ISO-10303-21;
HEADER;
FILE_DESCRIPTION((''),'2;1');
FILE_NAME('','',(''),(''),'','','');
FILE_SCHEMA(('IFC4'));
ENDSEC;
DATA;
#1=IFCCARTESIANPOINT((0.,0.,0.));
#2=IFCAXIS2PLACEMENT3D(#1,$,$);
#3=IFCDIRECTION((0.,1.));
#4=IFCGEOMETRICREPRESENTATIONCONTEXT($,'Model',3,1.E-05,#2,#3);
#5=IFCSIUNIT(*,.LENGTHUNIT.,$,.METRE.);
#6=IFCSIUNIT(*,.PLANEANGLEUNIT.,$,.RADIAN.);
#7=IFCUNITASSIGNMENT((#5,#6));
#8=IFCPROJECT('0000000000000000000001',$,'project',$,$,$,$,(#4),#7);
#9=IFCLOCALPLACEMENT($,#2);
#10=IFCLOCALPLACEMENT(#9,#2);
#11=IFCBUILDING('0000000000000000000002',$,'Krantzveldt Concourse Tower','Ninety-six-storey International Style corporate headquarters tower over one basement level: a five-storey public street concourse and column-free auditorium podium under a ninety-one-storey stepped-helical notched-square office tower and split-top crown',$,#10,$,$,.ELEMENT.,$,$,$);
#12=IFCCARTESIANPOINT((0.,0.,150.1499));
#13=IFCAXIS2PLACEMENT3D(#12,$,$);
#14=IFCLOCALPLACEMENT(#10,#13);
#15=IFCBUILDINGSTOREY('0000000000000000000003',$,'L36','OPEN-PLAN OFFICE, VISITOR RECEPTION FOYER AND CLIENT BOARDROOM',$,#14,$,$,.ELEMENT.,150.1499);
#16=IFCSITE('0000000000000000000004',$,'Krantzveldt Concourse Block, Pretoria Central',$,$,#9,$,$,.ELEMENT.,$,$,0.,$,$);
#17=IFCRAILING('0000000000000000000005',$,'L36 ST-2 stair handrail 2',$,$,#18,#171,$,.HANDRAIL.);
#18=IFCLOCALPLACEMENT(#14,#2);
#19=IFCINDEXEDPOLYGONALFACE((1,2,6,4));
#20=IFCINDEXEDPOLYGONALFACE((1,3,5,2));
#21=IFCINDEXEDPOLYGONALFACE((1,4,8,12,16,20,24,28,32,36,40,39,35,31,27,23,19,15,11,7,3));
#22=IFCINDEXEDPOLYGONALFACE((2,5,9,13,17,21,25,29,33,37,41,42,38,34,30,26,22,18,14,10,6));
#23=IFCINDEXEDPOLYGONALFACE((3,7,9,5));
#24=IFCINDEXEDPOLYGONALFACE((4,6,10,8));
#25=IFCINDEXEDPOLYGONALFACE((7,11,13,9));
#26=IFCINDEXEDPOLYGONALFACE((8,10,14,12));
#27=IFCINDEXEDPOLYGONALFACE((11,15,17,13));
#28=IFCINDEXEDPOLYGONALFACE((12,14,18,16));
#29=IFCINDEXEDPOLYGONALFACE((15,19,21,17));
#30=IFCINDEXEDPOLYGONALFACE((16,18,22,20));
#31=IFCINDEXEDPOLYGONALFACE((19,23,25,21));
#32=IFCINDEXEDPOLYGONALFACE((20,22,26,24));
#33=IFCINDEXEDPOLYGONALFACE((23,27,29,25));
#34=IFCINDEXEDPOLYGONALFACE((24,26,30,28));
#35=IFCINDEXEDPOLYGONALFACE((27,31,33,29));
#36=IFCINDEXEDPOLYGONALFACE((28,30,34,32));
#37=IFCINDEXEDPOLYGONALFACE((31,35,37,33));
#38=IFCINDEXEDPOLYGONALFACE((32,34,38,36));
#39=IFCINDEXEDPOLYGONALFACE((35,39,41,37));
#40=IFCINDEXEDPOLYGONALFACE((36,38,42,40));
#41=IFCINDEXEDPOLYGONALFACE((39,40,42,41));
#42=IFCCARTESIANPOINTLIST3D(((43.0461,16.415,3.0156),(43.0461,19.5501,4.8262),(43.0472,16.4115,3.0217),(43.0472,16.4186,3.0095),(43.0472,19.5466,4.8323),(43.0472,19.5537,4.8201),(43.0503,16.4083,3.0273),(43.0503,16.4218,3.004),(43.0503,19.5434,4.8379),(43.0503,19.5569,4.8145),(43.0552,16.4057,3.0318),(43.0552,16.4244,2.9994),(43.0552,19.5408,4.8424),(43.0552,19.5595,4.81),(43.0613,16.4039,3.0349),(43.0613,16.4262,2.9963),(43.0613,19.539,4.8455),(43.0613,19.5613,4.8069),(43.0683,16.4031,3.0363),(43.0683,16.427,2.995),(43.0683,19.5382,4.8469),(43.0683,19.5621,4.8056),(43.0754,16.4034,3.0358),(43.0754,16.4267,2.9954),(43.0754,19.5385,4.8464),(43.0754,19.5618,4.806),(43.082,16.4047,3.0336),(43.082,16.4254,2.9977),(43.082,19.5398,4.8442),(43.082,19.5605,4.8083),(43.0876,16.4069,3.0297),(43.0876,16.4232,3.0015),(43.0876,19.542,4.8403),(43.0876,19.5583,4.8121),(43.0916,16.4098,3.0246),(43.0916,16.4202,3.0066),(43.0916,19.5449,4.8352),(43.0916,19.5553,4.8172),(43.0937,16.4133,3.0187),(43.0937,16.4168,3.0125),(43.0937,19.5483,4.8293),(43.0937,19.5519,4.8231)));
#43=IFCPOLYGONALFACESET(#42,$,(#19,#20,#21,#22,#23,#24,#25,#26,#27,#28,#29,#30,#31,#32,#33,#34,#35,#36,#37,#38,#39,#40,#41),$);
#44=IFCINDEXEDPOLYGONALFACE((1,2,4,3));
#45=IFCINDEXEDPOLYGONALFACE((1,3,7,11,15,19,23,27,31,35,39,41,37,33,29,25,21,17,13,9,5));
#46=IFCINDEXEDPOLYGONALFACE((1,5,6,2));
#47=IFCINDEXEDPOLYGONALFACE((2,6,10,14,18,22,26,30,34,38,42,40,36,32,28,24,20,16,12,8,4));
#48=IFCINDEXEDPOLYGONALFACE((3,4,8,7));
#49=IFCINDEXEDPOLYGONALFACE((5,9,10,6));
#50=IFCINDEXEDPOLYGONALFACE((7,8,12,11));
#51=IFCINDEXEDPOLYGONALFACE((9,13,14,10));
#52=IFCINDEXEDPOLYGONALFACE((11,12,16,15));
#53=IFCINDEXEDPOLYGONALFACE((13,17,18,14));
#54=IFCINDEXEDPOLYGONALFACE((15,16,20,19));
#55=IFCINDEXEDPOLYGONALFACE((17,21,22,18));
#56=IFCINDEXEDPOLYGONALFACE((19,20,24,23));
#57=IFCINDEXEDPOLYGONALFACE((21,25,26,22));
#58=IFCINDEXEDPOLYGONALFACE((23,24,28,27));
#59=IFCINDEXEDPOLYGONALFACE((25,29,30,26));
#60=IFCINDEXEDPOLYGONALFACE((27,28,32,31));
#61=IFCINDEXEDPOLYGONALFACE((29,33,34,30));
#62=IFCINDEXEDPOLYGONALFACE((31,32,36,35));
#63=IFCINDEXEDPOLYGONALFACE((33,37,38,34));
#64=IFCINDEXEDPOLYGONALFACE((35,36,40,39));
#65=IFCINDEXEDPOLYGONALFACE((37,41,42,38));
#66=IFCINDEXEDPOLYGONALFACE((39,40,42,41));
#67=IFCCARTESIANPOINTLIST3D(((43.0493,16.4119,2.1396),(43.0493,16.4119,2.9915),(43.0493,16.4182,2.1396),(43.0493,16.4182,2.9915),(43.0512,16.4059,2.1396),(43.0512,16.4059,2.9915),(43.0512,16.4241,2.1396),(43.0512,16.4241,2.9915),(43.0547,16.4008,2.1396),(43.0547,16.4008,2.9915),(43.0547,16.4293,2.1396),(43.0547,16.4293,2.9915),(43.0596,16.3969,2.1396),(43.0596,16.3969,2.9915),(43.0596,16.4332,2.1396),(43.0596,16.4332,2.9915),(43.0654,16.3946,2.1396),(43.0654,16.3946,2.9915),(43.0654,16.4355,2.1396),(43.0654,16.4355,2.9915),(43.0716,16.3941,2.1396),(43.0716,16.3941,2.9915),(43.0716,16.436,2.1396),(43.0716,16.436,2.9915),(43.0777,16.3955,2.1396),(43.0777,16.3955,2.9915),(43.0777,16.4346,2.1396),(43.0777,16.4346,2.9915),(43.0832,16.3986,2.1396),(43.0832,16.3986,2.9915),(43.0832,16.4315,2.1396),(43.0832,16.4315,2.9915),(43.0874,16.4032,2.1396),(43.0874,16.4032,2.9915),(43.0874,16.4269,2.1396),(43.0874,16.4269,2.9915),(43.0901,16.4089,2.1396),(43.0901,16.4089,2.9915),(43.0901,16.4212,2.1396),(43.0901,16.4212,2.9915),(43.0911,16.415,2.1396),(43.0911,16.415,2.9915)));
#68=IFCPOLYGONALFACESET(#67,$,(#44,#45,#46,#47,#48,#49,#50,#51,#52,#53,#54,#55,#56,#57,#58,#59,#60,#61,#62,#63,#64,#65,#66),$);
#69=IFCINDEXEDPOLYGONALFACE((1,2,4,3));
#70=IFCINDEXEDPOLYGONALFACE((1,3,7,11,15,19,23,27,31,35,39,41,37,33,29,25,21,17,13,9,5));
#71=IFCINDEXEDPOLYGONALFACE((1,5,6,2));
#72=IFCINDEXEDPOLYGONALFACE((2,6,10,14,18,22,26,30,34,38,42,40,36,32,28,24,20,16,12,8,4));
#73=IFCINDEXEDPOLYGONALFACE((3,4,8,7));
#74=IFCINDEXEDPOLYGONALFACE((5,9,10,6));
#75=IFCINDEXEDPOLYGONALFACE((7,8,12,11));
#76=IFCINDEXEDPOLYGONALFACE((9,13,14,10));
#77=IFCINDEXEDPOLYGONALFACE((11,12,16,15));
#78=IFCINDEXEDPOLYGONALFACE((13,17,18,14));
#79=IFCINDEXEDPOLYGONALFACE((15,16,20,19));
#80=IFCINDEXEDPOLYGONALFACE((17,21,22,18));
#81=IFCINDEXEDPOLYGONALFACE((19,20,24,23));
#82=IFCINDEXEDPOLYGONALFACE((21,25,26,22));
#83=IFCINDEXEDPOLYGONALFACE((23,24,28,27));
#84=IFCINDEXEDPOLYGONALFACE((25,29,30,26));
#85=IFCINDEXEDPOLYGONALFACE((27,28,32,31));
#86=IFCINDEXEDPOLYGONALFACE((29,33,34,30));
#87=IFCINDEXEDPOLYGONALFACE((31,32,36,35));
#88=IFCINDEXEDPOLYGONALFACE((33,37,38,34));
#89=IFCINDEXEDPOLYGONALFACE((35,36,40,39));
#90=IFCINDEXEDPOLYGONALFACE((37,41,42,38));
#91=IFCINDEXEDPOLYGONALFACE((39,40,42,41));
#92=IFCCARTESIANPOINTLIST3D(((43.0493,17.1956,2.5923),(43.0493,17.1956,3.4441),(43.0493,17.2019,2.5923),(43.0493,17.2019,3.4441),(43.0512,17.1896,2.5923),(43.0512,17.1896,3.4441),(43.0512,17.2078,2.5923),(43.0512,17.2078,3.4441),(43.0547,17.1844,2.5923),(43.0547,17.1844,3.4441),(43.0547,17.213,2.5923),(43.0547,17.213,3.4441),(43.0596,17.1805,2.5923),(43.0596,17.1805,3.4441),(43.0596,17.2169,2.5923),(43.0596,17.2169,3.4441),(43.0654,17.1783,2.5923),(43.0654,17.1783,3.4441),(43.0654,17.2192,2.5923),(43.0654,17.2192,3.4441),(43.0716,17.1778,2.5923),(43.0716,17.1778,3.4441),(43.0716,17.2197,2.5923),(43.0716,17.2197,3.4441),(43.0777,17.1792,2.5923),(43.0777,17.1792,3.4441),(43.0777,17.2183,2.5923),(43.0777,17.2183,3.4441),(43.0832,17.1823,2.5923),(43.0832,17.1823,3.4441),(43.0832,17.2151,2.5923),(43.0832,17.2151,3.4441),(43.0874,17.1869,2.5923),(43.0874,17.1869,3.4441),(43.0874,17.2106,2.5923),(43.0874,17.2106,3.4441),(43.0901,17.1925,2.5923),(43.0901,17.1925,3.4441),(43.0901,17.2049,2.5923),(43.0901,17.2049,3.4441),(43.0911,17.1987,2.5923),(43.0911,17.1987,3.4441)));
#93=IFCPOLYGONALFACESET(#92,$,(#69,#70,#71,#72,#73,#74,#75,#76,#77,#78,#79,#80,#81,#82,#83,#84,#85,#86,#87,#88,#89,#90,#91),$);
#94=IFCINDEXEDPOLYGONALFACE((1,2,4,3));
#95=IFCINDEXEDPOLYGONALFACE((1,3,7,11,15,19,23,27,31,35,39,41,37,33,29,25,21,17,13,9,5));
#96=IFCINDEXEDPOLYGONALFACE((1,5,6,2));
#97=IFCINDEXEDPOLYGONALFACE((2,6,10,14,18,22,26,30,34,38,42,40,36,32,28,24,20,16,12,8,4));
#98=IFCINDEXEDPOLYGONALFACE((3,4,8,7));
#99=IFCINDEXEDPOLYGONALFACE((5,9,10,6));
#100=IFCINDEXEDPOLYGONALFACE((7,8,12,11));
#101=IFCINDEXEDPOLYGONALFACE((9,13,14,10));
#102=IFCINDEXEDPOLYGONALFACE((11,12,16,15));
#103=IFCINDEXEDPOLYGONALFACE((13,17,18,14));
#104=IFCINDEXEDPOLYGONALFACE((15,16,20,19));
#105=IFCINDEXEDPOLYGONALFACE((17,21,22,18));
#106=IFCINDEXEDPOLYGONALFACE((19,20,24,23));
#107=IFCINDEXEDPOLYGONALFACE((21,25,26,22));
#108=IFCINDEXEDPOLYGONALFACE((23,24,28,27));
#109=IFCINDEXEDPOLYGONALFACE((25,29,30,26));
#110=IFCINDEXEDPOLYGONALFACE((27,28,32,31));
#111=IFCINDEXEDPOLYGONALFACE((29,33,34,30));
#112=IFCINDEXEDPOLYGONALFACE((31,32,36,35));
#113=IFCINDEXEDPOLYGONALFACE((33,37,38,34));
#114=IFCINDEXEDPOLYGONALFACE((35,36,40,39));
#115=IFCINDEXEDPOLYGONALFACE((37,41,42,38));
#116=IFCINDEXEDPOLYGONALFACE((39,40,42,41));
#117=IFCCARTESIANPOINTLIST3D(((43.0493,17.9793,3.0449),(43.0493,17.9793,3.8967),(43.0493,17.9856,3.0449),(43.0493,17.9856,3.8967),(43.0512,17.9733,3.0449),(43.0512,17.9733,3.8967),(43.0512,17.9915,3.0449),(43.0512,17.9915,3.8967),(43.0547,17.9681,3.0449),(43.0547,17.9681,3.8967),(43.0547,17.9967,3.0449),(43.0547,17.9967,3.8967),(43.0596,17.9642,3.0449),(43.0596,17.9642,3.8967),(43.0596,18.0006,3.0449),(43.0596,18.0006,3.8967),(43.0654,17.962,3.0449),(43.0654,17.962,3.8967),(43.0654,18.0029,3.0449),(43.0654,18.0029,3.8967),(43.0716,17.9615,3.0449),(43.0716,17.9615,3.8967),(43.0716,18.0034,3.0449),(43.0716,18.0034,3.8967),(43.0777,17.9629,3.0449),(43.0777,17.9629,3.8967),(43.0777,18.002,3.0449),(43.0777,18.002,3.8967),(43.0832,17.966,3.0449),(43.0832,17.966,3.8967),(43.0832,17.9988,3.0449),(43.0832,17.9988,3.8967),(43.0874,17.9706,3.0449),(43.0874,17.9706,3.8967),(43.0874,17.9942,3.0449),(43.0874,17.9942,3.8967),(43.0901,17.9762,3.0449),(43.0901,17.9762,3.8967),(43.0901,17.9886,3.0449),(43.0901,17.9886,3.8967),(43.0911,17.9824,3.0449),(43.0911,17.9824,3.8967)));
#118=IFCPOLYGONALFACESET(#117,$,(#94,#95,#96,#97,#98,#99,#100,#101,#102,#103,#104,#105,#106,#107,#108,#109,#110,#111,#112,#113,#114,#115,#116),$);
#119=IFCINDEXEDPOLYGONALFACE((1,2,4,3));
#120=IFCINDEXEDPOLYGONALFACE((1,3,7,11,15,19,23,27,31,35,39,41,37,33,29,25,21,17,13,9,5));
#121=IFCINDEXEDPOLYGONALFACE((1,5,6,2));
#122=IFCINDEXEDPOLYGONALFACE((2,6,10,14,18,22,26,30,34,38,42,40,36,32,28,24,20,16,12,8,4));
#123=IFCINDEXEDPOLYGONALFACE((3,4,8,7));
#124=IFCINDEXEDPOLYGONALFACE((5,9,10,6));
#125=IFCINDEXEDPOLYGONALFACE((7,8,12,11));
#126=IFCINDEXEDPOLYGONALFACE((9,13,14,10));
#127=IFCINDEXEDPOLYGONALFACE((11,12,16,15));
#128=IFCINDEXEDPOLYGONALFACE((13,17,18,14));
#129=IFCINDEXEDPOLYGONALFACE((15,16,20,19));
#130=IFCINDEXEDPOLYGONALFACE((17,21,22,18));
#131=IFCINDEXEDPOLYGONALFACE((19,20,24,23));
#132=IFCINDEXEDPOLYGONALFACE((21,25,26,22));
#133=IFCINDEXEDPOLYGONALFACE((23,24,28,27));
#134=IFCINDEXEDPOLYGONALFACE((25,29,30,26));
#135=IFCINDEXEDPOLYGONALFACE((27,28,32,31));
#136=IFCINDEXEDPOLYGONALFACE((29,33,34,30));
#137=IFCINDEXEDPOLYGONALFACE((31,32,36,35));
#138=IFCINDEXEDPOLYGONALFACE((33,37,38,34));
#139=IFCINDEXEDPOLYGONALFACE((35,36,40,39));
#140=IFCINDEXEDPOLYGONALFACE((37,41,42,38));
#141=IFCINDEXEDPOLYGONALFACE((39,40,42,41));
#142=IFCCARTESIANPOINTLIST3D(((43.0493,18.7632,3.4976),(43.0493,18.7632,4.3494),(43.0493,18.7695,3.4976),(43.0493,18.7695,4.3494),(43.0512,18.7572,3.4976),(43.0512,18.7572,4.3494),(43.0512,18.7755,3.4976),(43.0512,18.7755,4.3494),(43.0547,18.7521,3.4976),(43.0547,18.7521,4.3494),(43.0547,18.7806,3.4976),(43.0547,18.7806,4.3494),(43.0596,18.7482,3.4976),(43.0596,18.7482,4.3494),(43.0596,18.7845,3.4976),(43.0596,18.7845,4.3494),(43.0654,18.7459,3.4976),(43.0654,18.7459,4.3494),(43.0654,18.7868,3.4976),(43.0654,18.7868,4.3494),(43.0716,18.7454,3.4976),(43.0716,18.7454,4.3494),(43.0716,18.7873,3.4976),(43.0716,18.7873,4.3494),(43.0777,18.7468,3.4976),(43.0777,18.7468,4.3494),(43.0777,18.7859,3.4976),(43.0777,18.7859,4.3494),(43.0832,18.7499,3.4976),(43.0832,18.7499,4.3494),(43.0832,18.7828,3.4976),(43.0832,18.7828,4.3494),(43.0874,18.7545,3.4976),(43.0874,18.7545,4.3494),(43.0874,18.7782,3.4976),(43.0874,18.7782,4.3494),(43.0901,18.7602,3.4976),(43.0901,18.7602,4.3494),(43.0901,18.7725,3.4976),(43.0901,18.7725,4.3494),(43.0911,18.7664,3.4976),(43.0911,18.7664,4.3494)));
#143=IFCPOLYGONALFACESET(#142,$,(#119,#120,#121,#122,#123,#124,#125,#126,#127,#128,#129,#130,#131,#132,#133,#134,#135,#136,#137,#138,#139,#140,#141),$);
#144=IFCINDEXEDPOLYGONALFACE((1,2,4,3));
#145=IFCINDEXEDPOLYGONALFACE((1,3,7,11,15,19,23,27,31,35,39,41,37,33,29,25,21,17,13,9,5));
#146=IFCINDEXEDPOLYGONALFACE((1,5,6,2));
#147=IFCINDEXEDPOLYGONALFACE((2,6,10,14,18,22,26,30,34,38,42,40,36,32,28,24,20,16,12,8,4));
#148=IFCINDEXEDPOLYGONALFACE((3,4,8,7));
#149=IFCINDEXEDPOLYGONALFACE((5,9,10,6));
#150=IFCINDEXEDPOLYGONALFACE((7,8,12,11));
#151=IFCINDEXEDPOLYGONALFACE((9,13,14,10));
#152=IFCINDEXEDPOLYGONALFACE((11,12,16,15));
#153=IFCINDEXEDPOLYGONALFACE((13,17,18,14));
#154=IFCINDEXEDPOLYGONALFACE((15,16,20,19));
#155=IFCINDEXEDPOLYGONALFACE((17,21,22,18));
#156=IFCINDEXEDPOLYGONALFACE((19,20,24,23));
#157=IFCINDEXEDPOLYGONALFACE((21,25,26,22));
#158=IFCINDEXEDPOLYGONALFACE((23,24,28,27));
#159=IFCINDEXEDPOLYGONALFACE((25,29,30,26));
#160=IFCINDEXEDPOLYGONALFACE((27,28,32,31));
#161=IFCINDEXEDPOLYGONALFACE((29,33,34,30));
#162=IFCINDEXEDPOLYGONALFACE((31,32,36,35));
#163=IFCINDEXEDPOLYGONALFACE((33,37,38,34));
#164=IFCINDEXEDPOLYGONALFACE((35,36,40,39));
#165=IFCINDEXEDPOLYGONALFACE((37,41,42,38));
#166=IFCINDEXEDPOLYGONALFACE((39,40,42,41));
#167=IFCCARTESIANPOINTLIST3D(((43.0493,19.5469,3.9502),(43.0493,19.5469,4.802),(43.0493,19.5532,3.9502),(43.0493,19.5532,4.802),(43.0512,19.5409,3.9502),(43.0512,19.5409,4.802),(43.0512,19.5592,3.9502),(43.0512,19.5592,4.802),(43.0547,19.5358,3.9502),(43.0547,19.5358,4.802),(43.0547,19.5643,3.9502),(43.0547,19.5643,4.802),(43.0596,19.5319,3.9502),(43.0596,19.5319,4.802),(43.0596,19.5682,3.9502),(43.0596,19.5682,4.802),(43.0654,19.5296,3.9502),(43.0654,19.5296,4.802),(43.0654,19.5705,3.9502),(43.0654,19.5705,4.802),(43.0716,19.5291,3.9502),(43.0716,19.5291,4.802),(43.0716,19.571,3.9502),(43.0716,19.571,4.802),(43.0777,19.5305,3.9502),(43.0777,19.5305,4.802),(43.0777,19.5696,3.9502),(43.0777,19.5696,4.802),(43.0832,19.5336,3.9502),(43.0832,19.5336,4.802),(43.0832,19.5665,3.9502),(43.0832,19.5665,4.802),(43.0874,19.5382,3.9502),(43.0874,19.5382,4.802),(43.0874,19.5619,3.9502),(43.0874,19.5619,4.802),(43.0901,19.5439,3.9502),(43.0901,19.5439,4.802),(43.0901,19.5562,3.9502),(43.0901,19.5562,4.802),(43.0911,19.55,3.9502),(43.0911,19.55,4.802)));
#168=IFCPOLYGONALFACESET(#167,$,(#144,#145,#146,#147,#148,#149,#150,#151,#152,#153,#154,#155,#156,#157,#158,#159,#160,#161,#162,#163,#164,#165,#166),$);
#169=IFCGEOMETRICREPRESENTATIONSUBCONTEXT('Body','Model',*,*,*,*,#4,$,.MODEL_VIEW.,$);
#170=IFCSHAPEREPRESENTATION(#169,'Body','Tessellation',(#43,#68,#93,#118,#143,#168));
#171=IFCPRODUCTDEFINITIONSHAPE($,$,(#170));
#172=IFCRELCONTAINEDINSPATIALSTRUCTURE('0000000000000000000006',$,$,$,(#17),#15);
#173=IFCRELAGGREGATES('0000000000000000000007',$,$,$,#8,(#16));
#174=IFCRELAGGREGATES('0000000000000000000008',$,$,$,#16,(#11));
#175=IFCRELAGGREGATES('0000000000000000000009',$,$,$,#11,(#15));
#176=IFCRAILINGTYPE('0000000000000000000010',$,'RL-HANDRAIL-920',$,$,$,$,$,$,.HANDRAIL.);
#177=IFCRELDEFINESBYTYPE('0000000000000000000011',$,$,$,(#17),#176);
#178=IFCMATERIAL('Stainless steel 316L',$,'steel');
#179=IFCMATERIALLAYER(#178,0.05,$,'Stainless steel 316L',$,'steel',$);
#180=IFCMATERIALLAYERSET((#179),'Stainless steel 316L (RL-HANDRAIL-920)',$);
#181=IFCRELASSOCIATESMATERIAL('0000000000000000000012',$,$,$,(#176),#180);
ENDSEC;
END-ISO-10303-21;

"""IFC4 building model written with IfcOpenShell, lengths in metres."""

from ifc_helpers import new_model, si_unit, direction, frame, origin, origin_2d, place, context, subcontext, project, spatial, circle, extrude, material, layer, layer_set, type_object, element, save


model = new_model("IFC4")

# Units and contexts
model_context = context("Model", 3, precision=1e-05, world=origin(), true_north=direction((0.0, 1.0)))
body_context = subcontext(model_context, "Body", "Model", "MODEL_VIEW")
ifc_project = project(units=[si_unit("LENGTHUNIT", "METRE"), si_unit("PLANEANGLEUNIT", "RADIAN")], contexts=[model_context])

# Site, building, storey
site_placement = place(None, origin())
site = spatial("IfcSite", under=ifc_project, at=site_placement, Name="Krantzveldt Concourse Block, Pretoria Central", CompositionType="ELEMENT", RefElevation=0.0)
building_placement = place(site_placement, origin())
building = spatial("IfcBuilding", under=site, at=building_placement, Name="Krantzveldt Concourse Tower", Description="Ninety-six-storey International Style corporate headquarters tower over one basement level: a five-storey public street concourse and column-free auditorium podium under a ninety-one-storey stepped-helical notched-square office tower and split-top crown", CompositionType="ELEMENT")
storey_placement = place(building_placement, frame((0.0, 0.0, 150.1499)))
storey = spatial("IfcBuildingStorey", under=building, at=storey_placement, Name="L36", Description="OPEN-PLAN OFFICE, VISITOR RECEPTION FOYER AND CLIENT BOARDROOM", CompositionType="ELEMENT", Elevation=150.1499)

# Shared definitions
ifc_material_1 = material(Name="Stainless steel 316L", Category="steel")

# Railing
ifc_layer_1 = layer(ifc_material_1, 0.05, Name="Stainless steel 316L", Category="steel")
ifc_layer_set_1 = layer_set([ifc_layer_1], Name="Stainless steel 316L (RL-HANDRAIL-920)")
railing_type_1 = type_object("IfcRailingType", Name="RL-HANDRAIL-920", PredefinedType="HANDRAIL", material=ifc_layer_set_1)
railing_1_placement = place(storey_placement, frame((43.0701, 16.415, 2.1396)))
element("IfcRailing", 1, at=railing_1_placement, inside=storey, type_object=railing_type_1, Name="L36 ST-2 stair handrail 2", PredefinedType="HANDRAIL", context=body_context, shape_type="SweptSolid", body=[
    extrude(circle(Radius=0.0239, at=origin_2d()), frame((0.0, 0.0, 0.876), z_axis=(0.0, 0.86596, 0.500114), x_axis=(-1.0, 0.0, 0.0)), (0.0, 0.0, 1.0), 3.6204),
    extrude(circle(Radius=0.021, at=origin_2d()), origin(), (0.0, 0.0, 1.0), 0.8518),
    extrude(circle(Radius=0.021, at=origin_2d()), frame((0.0, 0.7837, 0.4526)), (0.0, 0.0, 1.0), 0.8518),
    extrude(circle(Radius=0.021, at=origin_2d()), frame((0.0, 1.5674, 0.9053)), (0.0, 0.0, 1.0), 0.8518),
    extrude(circle(Radius=0.021, at=origin_2d()), frame((0.0, 2.3513, 1.3579)), (0.0, 0.0, 1.0), 0.8518),
    extrude(circle(Radius=0.021, at=origin_2d()), frame((0.0, 3.135, 1.8105)), (0.0, 0.0, 1.0), 0.8518),
])

save(model, "model.ifc")
